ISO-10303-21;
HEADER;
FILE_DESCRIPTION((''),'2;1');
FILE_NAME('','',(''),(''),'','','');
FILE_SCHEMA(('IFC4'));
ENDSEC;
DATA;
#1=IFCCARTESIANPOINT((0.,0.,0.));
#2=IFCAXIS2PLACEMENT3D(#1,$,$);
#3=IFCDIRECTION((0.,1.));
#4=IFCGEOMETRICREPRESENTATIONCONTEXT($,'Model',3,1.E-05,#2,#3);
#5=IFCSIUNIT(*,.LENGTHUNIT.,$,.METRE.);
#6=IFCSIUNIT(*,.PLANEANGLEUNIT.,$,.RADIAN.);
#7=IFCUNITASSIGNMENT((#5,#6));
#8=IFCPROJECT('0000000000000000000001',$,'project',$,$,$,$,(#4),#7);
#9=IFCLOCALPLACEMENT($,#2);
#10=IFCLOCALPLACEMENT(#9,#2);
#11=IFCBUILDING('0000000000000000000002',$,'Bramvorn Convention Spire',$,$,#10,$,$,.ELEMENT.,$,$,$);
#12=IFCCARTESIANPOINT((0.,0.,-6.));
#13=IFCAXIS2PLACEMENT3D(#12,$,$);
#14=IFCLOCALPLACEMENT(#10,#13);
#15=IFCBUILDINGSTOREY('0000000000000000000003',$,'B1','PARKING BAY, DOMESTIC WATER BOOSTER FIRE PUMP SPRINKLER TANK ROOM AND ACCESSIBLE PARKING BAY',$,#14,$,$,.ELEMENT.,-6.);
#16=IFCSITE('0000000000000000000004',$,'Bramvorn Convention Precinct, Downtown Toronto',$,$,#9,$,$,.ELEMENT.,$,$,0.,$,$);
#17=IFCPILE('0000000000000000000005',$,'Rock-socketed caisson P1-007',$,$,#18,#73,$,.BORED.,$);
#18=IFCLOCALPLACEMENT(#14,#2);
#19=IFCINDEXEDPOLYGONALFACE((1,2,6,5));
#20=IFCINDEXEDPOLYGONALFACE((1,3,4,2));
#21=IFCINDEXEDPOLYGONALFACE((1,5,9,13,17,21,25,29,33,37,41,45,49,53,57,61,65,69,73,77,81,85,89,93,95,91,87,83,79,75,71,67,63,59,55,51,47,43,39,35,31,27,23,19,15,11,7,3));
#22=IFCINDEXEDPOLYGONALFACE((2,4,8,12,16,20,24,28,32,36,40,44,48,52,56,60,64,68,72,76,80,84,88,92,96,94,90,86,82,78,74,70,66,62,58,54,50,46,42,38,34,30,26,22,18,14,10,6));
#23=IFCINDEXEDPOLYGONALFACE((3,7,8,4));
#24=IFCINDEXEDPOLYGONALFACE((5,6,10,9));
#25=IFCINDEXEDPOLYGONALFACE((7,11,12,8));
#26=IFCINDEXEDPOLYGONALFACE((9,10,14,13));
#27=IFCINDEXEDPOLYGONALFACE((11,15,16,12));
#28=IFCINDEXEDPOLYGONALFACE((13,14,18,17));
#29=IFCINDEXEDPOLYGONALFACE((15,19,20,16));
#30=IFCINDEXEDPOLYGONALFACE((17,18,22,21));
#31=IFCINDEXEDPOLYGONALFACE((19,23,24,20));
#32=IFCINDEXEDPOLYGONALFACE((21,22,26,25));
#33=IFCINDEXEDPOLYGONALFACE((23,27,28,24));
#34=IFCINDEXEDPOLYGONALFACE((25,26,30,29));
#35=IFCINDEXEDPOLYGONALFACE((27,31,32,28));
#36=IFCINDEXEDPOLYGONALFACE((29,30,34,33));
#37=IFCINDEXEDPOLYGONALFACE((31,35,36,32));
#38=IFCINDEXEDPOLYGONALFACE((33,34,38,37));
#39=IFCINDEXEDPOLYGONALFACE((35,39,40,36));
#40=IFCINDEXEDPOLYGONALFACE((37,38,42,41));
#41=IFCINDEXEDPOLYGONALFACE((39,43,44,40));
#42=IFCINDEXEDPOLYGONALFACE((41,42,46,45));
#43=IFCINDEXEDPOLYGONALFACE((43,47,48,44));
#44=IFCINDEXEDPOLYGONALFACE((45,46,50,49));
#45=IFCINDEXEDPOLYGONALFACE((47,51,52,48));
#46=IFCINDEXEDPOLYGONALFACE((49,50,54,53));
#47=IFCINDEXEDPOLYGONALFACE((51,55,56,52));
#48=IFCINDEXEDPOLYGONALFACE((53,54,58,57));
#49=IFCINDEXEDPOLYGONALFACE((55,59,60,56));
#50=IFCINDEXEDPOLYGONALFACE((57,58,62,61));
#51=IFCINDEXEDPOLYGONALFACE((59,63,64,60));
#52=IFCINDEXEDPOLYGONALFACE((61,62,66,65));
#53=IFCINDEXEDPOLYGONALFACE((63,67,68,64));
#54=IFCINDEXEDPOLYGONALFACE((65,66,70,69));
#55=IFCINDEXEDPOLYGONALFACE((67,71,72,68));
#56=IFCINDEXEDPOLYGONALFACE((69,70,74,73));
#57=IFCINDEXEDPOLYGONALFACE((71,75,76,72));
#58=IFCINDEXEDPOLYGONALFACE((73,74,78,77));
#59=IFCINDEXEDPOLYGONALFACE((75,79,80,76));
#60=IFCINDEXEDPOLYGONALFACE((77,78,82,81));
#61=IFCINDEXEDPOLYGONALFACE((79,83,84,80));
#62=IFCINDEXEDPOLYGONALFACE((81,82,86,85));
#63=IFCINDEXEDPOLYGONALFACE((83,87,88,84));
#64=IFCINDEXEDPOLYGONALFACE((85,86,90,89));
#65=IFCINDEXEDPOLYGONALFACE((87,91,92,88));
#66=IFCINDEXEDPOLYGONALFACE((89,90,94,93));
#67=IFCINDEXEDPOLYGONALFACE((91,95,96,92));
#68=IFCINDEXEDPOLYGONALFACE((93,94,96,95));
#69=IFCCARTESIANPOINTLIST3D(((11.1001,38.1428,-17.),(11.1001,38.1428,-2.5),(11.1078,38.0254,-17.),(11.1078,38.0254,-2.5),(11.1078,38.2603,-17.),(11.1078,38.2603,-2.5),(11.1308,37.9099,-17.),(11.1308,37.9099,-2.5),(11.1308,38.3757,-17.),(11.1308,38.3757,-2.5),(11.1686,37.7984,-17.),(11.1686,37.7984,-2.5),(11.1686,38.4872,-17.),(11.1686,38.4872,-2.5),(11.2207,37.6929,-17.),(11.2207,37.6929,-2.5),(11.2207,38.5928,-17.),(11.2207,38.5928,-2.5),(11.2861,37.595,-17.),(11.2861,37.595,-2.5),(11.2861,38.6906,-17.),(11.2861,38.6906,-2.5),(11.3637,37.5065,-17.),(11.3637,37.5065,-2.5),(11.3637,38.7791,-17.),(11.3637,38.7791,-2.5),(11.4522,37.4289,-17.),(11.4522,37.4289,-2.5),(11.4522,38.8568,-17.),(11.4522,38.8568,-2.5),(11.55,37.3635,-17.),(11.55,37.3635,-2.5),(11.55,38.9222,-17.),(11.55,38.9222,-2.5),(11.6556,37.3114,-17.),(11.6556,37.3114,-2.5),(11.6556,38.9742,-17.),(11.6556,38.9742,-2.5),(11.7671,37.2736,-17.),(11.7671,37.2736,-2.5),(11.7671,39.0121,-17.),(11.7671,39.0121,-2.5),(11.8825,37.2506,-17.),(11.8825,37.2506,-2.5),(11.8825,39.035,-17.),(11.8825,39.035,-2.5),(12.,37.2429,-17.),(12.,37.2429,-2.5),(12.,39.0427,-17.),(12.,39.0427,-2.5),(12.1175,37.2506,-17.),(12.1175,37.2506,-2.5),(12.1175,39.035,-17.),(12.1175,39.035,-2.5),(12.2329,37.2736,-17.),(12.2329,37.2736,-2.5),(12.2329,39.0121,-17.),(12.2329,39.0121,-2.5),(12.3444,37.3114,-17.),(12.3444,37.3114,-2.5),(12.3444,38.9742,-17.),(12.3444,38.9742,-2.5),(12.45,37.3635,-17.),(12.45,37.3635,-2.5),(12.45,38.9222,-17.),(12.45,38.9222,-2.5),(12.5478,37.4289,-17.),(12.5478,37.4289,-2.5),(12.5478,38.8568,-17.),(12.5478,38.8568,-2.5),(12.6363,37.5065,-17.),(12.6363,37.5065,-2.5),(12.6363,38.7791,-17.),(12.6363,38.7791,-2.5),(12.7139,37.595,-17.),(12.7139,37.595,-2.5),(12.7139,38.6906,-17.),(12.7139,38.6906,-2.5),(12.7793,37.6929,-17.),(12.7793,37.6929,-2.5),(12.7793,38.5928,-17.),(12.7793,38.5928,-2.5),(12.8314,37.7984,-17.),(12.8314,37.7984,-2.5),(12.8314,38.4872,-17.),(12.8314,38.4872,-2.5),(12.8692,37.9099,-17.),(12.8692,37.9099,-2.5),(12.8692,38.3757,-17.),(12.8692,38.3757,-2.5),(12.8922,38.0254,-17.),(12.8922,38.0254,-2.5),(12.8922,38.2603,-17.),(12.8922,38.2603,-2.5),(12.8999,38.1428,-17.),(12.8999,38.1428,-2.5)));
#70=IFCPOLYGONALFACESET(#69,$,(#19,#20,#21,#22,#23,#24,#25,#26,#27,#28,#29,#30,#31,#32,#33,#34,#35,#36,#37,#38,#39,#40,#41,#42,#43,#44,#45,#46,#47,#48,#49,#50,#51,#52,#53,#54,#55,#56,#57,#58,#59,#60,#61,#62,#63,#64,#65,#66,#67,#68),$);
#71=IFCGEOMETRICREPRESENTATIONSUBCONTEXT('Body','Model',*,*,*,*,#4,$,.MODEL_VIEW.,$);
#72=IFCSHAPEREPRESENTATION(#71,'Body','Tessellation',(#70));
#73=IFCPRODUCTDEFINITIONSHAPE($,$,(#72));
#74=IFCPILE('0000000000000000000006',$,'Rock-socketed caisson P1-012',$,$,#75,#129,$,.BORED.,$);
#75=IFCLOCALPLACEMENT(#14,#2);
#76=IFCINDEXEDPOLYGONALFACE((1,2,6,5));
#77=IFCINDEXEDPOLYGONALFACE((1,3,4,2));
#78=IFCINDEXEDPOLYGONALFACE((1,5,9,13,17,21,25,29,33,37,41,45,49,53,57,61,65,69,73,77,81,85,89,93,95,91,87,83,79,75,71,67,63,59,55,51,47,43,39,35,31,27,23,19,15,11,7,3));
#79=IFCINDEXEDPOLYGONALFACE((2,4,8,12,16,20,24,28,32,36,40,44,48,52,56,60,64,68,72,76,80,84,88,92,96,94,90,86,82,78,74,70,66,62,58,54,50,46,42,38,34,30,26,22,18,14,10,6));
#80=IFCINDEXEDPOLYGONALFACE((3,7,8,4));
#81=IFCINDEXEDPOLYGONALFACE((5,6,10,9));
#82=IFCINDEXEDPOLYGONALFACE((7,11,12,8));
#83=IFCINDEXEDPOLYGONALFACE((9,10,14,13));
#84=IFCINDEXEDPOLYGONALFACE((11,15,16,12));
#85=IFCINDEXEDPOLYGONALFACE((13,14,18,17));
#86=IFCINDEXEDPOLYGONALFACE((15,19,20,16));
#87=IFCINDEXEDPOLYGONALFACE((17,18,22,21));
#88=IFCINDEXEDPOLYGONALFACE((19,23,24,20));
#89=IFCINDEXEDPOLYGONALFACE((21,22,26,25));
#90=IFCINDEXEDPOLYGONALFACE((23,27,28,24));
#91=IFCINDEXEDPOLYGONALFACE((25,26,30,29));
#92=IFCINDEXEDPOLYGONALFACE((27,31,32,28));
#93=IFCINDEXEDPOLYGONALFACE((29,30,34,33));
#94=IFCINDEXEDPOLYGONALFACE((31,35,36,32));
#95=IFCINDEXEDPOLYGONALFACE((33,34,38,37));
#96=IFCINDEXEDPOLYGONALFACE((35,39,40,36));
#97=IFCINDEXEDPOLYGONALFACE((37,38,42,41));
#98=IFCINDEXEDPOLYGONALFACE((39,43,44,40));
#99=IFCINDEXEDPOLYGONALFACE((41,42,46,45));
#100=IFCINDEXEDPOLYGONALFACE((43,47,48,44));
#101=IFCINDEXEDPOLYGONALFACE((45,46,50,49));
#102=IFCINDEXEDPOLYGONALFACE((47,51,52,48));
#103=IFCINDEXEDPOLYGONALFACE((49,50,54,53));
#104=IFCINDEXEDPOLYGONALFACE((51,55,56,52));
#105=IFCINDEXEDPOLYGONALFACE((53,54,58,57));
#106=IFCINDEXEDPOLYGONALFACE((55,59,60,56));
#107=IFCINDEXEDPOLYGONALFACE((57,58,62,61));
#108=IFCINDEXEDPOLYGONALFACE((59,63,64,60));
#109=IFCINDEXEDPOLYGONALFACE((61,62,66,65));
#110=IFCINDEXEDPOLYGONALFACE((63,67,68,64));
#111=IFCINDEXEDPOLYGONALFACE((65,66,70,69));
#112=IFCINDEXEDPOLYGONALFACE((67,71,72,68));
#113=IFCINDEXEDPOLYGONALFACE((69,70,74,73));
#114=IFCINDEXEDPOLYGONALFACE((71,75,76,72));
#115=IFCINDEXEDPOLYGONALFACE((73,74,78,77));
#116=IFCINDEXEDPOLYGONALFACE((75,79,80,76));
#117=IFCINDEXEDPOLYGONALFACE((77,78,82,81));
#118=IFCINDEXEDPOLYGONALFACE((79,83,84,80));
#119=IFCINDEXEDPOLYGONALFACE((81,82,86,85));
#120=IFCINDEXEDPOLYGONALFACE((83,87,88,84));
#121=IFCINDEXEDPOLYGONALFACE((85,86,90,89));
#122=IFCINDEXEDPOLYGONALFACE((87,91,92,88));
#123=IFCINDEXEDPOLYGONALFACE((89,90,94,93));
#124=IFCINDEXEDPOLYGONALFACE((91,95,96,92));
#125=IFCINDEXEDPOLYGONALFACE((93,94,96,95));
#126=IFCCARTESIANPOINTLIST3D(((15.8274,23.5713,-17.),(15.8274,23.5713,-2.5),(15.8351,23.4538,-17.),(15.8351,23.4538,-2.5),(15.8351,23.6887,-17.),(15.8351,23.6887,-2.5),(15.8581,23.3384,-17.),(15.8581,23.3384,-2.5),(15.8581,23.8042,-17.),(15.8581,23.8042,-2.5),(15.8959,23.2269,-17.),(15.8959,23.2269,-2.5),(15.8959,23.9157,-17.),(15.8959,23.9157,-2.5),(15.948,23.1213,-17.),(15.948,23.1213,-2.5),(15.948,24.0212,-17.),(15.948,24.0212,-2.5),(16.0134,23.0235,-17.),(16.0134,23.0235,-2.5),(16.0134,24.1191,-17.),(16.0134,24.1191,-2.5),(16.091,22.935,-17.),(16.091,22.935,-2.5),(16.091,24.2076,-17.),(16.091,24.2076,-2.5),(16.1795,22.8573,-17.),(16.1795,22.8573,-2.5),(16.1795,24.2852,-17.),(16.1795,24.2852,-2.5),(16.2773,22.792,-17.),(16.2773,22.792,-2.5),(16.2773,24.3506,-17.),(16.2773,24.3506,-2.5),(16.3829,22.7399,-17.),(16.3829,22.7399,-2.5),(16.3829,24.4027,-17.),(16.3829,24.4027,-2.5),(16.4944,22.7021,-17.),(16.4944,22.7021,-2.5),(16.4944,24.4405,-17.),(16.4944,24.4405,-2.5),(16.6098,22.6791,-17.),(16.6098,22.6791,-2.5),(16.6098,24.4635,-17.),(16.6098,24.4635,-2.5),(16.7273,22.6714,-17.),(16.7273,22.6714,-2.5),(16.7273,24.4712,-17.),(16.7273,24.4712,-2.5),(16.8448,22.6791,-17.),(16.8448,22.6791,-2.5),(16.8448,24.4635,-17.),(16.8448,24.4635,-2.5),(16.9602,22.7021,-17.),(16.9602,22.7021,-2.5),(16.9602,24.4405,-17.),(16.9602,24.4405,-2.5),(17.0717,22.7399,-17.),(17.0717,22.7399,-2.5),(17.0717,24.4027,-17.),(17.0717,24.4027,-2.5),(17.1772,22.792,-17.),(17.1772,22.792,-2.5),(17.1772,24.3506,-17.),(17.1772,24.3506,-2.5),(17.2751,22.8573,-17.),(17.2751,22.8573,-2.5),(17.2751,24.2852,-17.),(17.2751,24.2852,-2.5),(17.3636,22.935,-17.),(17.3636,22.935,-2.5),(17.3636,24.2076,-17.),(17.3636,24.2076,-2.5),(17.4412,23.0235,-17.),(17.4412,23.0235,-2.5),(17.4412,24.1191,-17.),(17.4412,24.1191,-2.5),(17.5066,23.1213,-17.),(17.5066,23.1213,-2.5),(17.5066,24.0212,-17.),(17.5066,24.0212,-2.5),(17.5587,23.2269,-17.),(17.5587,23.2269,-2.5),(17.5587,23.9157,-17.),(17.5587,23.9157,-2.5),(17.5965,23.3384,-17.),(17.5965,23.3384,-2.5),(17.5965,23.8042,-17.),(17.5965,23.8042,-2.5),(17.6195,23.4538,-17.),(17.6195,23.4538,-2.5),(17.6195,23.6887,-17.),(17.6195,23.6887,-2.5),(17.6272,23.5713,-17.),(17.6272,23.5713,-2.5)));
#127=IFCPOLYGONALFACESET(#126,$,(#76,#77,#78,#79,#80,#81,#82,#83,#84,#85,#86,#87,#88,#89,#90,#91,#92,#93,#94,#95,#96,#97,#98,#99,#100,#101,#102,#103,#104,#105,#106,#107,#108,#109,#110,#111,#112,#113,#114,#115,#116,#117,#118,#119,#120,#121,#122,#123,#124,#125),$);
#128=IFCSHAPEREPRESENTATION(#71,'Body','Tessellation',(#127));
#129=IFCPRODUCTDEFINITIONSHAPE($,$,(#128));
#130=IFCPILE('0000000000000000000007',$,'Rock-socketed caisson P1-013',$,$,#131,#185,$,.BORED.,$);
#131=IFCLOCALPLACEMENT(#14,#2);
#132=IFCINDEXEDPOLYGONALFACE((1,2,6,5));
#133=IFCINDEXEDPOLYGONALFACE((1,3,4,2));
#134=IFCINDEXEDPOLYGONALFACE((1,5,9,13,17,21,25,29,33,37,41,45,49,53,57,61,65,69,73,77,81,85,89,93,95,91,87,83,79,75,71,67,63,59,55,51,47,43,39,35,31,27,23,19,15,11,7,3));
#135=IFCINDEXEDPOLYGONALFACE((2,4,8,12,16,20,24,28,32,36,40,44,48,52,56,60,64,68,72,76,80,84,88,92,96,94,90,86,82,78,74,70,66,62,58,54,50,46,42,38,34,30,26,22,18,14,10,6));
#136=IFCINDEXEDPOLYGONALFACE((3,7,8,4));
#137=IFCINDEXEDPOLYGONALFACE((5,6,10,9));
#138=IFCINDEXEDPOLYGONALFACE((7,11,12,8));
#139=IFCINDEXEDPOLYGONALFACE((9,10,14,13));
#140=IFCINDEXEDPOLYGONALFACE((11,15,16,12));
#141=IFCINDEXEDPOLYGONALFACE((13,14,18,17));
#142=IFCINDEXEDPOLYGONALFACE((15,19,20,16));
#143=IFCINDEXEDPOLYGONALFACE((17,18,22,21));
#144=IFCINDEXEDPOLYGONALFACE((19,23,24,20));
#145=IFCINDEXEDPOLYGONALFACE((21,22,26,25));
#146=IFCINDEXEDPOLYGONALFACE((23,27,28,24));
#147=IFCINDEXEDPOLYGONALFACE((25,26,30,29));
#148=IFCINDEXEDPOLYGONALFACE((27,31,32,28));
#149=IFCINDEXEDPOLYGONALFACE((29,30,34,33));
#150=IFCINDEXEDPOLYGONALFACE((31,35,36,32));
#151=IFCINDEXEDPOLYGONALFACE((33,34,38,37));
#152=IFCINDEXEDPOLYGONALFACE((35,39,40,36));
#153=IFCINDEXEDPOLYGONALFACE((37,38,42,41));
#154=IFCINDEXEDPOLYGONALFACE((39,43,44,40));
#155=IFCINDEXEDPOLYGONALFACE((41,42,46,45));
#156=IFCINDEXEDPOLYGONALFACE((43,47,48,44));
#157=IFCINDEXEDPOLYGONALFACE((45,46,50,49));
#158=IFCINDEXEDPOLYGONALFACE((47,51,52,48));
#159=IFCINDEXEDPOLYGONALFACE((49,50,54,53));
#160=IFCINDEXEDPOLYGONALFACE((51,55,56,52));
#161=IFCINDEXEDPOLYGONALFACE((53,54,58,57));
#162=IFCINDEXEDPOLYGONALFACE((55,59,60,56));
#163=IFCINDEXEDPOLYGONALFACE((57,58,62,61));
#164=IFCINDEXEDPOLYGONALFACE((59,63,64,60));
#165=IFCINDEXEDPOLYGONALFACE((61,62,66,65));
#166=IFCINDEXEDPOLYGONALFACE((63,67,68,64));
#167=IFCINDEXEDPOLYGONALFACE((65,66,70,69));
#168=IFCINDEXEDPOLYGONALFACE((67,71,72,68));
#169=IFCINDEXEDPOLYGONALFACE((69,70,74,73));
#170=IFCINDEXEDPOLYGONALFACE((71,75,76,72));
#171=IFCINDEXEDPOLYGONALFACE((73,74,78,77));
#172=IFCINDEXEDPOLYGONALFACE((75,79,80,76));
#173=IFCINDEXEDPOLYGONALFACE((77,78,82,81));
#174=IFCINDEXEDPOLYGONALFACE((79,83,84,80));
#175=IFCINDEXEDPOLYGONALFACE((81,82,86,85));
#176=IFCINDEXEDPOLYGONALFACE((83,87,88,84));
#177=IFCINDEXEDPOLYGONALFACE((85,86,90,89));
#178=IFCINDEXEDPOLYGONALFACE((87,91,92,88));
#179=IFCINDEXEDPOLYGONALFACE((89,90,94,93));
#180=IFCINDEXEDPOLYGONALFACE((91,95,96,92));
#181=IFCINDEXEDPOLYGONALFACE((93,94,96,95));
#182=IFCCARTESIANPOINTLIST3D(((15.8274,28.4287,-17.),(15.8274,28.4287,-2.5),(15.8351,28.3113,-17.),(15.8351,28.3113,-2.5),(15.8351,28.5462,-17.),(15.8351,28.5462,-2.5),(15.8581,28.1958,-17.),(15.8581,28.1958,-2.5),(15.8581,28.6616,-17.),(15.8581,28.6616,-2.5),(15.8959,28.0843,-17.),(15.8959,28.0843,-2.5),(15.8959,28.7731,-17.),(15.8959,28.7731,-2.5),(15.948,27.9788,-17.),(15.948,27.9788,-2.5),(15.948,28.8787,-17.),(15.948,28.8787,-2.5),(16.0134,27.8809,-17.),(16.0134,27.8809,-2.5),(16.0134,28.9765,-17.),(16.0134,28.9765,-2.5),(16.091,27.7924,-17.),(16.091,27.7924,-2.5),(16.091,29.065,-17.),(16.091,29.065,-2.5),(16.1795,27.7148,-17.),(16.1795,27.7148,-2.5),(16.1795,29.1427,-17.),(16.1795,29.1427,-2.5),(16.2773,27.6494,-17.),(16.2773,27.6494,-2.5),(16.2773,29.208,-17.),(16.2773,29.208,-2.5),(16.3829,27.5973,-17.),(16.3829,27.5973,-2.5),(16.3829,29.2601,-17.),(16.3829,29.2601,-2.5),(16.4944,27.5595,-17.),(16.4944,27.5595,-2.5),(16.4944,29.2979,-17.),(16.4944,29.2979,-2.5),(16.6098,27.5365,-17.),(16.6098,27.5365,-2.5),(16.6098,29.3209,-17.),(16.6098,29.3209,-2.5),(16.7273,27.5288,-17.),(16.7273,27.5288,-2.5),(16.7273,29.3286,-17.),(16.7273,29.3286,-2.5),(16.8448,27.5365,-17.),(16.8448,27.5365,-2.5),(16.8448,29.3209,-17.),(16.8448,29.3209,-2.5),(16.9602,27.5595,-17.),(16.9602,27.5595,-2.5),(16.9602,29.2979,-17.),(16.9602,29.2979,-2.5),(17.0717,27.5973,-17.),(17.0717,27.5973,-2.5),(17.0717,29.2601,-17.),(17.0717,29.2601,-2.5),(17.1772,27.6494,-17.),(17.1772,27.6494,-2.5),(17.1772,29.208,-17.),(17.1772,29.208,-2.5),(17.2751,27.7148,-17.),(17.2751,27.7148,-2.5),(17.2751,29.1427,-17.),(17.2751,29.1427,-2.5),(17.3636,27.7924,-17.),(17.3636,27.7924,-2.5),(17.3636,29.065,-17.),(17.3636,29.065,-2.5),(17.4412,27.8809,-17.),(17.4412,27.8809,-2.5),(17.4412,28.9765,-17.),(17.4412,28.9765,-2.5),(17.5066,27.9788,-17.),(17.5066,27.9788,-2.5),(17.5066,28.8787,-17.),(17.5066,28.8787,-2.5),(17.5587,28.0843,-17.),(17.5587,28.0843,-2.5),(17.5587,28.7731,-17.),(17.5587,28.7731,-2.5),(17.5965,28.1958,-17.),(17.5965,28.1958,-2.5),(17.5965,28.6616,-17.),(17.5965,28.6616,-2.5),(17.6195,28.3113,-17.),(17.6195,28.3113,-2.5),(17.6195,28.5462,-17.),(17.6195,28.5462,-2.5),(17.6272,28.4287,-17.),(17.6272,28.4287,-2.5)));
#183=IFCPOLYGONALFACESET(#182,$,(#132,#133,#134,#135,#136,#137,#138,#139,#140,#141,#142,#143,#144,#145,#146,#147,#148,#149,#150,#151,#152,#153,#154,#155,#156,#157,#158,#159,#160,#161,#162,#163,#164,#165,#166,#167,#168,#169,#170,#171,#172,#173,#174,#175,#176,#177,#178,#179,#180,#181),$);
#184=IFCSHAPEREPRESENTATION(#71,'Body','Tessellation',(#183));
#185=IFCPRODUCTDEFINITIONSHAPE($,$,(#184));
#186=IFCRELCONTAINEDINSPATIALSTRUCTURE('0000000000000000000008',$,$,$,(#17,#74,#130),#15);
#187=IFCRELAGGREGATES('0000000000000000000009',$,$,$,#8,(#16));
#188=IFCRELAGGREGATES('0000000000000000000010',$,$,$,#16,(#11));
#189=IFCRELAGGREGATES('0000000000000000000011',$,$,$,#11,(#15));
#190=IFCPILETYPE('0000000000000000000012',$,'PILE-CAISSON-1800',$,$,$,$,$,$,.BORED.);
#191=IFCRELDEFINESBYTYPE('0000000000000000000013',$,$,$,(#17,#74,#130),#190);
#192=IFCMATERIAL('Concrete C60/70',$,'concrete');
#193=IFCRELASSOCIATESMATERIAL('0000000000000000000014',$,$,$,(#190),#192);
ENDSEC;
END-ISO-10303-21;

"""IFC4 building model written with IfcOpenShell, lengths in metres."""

from ifc_helpers import new_model, si_unit, direction, frame, origin, origin_2d, place, context, subcontext, project, spatial, circle, extrude, material, material_profile, profile_set, type_object, element, save


model = new_model("IFC4")

# Units and contexts
model_context = context("Model", 3, precision=1e-05, world=origin(), true_north=direction((0.0, 1.0)))
body_context = subcontext(model_context, "Body", "Model", "MODEL_VIEW")
ifc_project = project(units=[si_unit("LENGTHUNIT", "METRE"), si_unit("PLANEANGLEUNIT", "RADIAN")], contexts=[model_context])

# Site, building, storey
site_placement = place(None, origin())
site = spatial("IfcSite", under=ifc_project, at=site_placement, Name="Bramvorn Convention Precinct, Downtown Toronto", CompositionType="ELEMENT", RefElevation=0.0)
building_placement = place(site_placement, origin())
building = spatial("IfcBuilding", under=site, at=building_placement, Name="Bramvorn Convention Spire", CompositionType="ELEMENT")
storey_placement = place(building_placement, frame((0.0, 0.0, -6.0)))
storey = spatial("IfcBuildingStorey", under=building, at=storey_placement, Name="B1", Description="PARKING BAY, DOMESTIC WATER BOOSTER FIRE PUMP SPRINKLER TANK ROOM AND ACCESSIBLE PARKING BAY", CompositionType="ELEMENT", Elevation=-6.0)

# Shared definitions
ifc_material_1 = material(Name="Concrete C60/70", Category="concrete")

# Piles
ifc_material_profile_1 = material_profile(ifc_material_1, circle(Radius=0.8999, at=origin_2d()))
ifc_profile_set_1 = profile_set([ifc_material_profile_1], Name="Concrete C60/70 - CAISSON1800")
pile_type_1 = type_object("IfcPileType", Name="PILE-CAISSON-1800", PredefinedType="BORED", material=ifc_profile_set_1)
for number, where, z_axis, x_axis, name in (
    (1, (12.0, 38.1428, -2.5), (0.0, 0.0, -1.0), (1.0, 0.0, 0.0), "Rock-socketed caisson P1-007"),
    (2, (16.7273, 23.5713, -2.5), (0.0, 0.0, -1.0), (1.0, 0.0, 0.0), "Rock-socketed caisson P1-012"),
    (3, (16.7273, 28.4287, -2.5), (0.0, 0.0, -1.0), (1.0, 0.0, 0.0), "Rock-socketed caisson P1-013"),
):
    element("IfcPile", number, at=place(storey_placement, frame(where, z_axis=z_axis, x_axis=x_axis)), inside=storey, type_object=pile_type_1, Name=name, PredefinedType="BORED", context=body_context, shape_type="SweptSolid", body=[
        extrude(circle(Radius=0.8999, at=origin_2d()), origin(), (0.0, 0.0, 1.0), 14.5),
    ])

save(model, "model.ifc")
